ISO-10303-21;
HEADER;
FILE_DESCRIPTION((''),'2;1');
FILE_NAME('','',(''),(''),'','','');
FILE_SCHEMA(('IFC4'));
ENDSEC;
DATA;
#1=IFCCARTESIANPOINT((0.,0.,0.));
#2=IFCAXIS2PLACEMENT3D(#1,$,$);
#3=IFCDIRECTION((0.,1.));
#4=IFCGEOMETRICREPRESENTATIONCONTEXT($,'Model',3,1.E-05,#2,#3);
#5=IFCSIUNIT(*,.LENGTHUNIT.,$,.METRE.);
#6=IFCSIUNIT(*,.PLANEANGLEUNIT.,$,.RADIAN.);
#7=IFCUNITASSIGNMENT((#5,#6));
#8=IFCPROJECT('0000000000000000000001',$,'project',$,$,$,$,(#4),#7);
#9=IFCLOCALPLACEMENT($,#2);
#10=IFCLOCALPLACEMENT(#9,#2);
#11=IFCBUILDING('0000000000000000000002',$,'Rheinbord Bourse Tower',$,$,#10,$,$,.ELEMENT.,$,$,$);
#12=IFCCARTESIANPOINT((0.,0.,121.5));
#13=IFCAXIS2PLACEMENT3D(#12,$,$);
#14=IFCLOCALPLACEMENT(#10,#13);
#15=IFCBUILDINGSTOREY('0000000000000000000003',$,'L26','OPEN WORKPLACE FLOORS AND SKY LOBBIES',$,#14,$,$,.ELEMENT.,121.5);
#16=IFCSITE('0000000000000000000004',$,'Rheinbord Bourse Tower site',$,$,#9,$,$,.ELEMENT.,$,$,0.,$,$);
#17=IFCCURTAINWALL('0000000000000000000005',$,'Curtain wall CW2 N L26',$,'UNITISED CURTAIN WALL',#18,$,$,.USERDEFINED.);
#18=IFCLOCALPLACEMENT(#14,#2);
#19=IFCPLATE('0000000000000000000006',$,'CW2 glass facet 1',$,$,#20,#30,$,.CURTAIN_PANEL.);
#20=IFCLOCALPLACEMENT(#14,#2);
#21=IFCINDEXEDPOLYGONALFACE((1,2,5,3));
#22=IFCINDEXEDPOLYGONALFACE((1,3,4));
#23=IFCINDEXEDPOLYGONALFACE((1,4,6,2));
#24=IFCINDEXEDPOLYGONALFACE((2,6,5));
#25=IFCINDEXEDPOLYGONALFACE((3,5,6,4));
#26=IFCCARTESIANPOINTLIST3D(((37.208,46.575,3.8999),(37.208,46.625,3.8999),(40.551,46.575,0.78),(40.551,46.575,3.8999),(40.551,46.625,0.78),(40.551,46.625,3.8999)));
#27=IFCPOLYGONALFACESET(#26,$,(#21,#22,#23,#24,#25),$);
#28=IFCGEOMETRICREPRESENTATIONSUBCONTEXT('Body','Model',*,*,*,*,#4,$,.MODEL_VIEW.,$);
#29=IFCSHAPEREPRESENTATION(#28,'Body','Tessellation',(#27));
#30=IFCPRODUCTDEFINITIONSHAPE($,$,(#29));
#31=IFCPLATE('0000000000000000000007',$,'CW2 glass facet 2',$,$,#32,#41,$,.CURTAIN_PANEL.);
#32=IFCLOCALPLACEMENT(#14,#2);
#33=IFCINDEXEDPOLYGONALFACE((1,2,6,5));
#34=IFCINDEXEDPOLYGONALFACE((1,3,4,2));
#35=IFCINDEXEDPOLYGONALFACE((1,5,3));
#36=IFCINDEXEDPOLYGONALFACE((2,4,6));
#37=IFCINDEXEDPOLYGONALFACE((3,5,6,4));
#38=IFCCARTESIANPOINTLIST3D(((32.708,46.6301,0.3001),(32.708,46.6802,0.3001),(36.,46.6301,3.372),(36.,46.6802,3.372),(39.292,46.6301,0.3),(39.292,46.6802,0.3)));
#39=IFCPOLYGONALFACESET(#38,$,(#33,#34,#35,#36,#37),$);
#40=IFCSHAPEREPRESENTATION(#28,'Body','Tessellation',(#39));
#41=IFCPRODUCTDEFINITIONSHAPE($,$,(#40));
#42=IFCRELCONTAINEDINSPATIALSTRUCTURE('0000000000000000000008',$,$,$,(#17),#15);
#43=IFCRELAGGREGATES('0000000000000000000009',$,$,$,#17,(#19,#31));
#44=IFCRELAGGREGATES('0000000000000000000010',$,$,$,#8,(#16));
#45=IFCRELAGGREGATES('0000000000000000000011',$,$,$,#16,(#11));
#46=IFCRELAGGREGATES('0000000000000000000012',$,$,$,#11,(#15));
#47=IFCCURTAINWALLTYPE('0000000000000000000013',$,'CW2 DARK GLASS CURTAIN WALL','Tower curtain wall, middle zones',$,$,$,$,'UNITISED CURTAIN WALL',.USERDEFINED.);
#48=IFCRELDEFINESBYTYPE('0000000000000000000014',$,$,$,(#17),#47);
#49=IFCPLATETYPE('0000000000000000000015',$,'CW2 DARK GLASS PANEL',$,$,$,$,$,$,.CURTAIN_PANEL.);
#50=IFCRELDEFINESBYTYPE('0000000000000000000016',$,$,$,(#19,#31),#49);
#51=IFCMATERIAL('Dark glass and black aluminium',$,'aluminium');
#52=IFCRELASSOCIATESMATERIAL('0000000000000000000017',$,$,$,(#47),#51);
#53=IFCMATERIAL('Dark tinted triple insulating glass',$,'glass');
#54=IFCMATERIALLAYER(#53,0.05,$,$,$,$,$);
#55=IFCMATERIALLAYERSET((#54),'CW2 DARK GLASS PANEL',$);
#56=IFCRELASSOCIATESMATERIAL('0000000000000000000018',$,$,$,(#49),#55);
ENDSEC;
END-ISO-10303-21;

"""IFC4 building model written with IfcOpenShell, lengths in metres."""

from ifc_helpers import new_model, si_unit, direction, frame, origin, place, context, subcontext, project, spatial, polyline, outline, extrude, material, layer, layer_set, type_object, element, aggregate, save


model = new_model("IFC4")

# Units and contexts
model_context = context("Model", 3, precision=1e-05, world=origin(), true_north=direction((0.0, 1.0)))
body_context = subcontext(model_context, "Body", "Model", "MODEL_VIEW")
ifc_project = project(units=[si_unit("LENGTHUNIT", "METRE"), si_unit("PLANEANGLEUNIT", "RADIAN")], contexts=[model_context])

# Site, building, storey
site_placement = place(None, origin())
site = spatial("IfcSite", under=ifc_project, at=site_placement, Name="Rheinbord Bourse Tower site", CompositionType="ELEMENT", RefElevation=0.0)
building_placement = place(site_placement, origin())
building = spatial("IfcBuilding", under=site, at=building_placement, Name="Rheinbord Bourse Tower", CompositionType="ELEMENT")
storey_placement = place(building_placement, frame((0.0, 0.0, 121.5)))
storey = spatial("IfcBuildingStorey", under=building, at=storey_placement, Name="L26", Description="OPEN WORKPLACE FLOORS AND SKY LOBBIES", CompositionType="ELEMENT", Elevation=121.5)

# Curtain wall
ifc_material_1 = material(Name="Dark glass and black aluminium", Category="aluminium")
curtain_wall_type = type_object("IfcCurtainWallType", Name="CW2 DARK GLASS CURTAIN WALL", Description="Tower curtain wall, middle zones", ElementType="UNITISED CURTAIN WALL", PredefinedType="USERDEFINED", material=ifc_material_1)
curtain_wall_placement = place(storey_placement, origin())
curtain_wall = element("IfcCurtainWall", 1, at=curtain_wall_placement, inside=storey, type_object=curtain_wall_type, Name="Curtain wall CW2 N L26", ObjectType="UNITISED CURTAIN WALL", PredefinedType="USERDEFINED")

# Plates
ifc_material_2 = material(Name="Dark tinted triple insulating glass", Category="glass")
ifc_layer = layer(ifc_material_2, 0.05)
ifc_layer_set = layer_set([ifc_layer], Name="CW2 DARK GLASS PANEL")
plate_type = type_object("IfcPlateType", Name="CW2 DARK GLASS PANEL", PredefinedType="CURTAIN_PANEL", material=ifc_layer_set)
plate_1_placement = place(storey_placement, frame((40.551, 46.625, 3.8999), z_axis=(0.0, -1.0, 0.0), x_axis=(-1.0, 0.0, 0.0)))
plate_1 = element("IfcPlate", 2, at=plate_1_placement, type_object=plate_type, Name="CW2 glass facet 1", PredefinedType="CURTAIN_PANEL", context=body_context, shape_type="SweptSolid", body=[
    extrude(outline(polyline([(0.0, 0.0), (3.343, 0.0), (0.0, 3.1199), (0.0, 0.0)])), origin(), (0.0, 0.0, 1.0), 0.05),
])
plate_2_placement = place(storey_placement, frame((39.292, 46.6802, 0.3), z_axis=(0.0, -1.0, 0.0), x_axis=(-0.731111, 0.0, 0.682258)))
plate_2 = element("IfcPlate", 3, at=plate_2_placement, type_object=plate_type, Name="CW2 glass facet 2", PredefinedType="CURTAIN_PANEL", context=body_context, shape_type="SweptSolid", body=[
    extrude(outline(polyline([(0.0, 0.0), (4.5027, 0.0), (4.8137, 4.4919), (0.0, 0.0)])), origin(), (0.0, 0.0, 1.0), 0.05),
])
aggregate(curtain_wall, [plate_1, plate_2])

save(model, "model.ifc")
